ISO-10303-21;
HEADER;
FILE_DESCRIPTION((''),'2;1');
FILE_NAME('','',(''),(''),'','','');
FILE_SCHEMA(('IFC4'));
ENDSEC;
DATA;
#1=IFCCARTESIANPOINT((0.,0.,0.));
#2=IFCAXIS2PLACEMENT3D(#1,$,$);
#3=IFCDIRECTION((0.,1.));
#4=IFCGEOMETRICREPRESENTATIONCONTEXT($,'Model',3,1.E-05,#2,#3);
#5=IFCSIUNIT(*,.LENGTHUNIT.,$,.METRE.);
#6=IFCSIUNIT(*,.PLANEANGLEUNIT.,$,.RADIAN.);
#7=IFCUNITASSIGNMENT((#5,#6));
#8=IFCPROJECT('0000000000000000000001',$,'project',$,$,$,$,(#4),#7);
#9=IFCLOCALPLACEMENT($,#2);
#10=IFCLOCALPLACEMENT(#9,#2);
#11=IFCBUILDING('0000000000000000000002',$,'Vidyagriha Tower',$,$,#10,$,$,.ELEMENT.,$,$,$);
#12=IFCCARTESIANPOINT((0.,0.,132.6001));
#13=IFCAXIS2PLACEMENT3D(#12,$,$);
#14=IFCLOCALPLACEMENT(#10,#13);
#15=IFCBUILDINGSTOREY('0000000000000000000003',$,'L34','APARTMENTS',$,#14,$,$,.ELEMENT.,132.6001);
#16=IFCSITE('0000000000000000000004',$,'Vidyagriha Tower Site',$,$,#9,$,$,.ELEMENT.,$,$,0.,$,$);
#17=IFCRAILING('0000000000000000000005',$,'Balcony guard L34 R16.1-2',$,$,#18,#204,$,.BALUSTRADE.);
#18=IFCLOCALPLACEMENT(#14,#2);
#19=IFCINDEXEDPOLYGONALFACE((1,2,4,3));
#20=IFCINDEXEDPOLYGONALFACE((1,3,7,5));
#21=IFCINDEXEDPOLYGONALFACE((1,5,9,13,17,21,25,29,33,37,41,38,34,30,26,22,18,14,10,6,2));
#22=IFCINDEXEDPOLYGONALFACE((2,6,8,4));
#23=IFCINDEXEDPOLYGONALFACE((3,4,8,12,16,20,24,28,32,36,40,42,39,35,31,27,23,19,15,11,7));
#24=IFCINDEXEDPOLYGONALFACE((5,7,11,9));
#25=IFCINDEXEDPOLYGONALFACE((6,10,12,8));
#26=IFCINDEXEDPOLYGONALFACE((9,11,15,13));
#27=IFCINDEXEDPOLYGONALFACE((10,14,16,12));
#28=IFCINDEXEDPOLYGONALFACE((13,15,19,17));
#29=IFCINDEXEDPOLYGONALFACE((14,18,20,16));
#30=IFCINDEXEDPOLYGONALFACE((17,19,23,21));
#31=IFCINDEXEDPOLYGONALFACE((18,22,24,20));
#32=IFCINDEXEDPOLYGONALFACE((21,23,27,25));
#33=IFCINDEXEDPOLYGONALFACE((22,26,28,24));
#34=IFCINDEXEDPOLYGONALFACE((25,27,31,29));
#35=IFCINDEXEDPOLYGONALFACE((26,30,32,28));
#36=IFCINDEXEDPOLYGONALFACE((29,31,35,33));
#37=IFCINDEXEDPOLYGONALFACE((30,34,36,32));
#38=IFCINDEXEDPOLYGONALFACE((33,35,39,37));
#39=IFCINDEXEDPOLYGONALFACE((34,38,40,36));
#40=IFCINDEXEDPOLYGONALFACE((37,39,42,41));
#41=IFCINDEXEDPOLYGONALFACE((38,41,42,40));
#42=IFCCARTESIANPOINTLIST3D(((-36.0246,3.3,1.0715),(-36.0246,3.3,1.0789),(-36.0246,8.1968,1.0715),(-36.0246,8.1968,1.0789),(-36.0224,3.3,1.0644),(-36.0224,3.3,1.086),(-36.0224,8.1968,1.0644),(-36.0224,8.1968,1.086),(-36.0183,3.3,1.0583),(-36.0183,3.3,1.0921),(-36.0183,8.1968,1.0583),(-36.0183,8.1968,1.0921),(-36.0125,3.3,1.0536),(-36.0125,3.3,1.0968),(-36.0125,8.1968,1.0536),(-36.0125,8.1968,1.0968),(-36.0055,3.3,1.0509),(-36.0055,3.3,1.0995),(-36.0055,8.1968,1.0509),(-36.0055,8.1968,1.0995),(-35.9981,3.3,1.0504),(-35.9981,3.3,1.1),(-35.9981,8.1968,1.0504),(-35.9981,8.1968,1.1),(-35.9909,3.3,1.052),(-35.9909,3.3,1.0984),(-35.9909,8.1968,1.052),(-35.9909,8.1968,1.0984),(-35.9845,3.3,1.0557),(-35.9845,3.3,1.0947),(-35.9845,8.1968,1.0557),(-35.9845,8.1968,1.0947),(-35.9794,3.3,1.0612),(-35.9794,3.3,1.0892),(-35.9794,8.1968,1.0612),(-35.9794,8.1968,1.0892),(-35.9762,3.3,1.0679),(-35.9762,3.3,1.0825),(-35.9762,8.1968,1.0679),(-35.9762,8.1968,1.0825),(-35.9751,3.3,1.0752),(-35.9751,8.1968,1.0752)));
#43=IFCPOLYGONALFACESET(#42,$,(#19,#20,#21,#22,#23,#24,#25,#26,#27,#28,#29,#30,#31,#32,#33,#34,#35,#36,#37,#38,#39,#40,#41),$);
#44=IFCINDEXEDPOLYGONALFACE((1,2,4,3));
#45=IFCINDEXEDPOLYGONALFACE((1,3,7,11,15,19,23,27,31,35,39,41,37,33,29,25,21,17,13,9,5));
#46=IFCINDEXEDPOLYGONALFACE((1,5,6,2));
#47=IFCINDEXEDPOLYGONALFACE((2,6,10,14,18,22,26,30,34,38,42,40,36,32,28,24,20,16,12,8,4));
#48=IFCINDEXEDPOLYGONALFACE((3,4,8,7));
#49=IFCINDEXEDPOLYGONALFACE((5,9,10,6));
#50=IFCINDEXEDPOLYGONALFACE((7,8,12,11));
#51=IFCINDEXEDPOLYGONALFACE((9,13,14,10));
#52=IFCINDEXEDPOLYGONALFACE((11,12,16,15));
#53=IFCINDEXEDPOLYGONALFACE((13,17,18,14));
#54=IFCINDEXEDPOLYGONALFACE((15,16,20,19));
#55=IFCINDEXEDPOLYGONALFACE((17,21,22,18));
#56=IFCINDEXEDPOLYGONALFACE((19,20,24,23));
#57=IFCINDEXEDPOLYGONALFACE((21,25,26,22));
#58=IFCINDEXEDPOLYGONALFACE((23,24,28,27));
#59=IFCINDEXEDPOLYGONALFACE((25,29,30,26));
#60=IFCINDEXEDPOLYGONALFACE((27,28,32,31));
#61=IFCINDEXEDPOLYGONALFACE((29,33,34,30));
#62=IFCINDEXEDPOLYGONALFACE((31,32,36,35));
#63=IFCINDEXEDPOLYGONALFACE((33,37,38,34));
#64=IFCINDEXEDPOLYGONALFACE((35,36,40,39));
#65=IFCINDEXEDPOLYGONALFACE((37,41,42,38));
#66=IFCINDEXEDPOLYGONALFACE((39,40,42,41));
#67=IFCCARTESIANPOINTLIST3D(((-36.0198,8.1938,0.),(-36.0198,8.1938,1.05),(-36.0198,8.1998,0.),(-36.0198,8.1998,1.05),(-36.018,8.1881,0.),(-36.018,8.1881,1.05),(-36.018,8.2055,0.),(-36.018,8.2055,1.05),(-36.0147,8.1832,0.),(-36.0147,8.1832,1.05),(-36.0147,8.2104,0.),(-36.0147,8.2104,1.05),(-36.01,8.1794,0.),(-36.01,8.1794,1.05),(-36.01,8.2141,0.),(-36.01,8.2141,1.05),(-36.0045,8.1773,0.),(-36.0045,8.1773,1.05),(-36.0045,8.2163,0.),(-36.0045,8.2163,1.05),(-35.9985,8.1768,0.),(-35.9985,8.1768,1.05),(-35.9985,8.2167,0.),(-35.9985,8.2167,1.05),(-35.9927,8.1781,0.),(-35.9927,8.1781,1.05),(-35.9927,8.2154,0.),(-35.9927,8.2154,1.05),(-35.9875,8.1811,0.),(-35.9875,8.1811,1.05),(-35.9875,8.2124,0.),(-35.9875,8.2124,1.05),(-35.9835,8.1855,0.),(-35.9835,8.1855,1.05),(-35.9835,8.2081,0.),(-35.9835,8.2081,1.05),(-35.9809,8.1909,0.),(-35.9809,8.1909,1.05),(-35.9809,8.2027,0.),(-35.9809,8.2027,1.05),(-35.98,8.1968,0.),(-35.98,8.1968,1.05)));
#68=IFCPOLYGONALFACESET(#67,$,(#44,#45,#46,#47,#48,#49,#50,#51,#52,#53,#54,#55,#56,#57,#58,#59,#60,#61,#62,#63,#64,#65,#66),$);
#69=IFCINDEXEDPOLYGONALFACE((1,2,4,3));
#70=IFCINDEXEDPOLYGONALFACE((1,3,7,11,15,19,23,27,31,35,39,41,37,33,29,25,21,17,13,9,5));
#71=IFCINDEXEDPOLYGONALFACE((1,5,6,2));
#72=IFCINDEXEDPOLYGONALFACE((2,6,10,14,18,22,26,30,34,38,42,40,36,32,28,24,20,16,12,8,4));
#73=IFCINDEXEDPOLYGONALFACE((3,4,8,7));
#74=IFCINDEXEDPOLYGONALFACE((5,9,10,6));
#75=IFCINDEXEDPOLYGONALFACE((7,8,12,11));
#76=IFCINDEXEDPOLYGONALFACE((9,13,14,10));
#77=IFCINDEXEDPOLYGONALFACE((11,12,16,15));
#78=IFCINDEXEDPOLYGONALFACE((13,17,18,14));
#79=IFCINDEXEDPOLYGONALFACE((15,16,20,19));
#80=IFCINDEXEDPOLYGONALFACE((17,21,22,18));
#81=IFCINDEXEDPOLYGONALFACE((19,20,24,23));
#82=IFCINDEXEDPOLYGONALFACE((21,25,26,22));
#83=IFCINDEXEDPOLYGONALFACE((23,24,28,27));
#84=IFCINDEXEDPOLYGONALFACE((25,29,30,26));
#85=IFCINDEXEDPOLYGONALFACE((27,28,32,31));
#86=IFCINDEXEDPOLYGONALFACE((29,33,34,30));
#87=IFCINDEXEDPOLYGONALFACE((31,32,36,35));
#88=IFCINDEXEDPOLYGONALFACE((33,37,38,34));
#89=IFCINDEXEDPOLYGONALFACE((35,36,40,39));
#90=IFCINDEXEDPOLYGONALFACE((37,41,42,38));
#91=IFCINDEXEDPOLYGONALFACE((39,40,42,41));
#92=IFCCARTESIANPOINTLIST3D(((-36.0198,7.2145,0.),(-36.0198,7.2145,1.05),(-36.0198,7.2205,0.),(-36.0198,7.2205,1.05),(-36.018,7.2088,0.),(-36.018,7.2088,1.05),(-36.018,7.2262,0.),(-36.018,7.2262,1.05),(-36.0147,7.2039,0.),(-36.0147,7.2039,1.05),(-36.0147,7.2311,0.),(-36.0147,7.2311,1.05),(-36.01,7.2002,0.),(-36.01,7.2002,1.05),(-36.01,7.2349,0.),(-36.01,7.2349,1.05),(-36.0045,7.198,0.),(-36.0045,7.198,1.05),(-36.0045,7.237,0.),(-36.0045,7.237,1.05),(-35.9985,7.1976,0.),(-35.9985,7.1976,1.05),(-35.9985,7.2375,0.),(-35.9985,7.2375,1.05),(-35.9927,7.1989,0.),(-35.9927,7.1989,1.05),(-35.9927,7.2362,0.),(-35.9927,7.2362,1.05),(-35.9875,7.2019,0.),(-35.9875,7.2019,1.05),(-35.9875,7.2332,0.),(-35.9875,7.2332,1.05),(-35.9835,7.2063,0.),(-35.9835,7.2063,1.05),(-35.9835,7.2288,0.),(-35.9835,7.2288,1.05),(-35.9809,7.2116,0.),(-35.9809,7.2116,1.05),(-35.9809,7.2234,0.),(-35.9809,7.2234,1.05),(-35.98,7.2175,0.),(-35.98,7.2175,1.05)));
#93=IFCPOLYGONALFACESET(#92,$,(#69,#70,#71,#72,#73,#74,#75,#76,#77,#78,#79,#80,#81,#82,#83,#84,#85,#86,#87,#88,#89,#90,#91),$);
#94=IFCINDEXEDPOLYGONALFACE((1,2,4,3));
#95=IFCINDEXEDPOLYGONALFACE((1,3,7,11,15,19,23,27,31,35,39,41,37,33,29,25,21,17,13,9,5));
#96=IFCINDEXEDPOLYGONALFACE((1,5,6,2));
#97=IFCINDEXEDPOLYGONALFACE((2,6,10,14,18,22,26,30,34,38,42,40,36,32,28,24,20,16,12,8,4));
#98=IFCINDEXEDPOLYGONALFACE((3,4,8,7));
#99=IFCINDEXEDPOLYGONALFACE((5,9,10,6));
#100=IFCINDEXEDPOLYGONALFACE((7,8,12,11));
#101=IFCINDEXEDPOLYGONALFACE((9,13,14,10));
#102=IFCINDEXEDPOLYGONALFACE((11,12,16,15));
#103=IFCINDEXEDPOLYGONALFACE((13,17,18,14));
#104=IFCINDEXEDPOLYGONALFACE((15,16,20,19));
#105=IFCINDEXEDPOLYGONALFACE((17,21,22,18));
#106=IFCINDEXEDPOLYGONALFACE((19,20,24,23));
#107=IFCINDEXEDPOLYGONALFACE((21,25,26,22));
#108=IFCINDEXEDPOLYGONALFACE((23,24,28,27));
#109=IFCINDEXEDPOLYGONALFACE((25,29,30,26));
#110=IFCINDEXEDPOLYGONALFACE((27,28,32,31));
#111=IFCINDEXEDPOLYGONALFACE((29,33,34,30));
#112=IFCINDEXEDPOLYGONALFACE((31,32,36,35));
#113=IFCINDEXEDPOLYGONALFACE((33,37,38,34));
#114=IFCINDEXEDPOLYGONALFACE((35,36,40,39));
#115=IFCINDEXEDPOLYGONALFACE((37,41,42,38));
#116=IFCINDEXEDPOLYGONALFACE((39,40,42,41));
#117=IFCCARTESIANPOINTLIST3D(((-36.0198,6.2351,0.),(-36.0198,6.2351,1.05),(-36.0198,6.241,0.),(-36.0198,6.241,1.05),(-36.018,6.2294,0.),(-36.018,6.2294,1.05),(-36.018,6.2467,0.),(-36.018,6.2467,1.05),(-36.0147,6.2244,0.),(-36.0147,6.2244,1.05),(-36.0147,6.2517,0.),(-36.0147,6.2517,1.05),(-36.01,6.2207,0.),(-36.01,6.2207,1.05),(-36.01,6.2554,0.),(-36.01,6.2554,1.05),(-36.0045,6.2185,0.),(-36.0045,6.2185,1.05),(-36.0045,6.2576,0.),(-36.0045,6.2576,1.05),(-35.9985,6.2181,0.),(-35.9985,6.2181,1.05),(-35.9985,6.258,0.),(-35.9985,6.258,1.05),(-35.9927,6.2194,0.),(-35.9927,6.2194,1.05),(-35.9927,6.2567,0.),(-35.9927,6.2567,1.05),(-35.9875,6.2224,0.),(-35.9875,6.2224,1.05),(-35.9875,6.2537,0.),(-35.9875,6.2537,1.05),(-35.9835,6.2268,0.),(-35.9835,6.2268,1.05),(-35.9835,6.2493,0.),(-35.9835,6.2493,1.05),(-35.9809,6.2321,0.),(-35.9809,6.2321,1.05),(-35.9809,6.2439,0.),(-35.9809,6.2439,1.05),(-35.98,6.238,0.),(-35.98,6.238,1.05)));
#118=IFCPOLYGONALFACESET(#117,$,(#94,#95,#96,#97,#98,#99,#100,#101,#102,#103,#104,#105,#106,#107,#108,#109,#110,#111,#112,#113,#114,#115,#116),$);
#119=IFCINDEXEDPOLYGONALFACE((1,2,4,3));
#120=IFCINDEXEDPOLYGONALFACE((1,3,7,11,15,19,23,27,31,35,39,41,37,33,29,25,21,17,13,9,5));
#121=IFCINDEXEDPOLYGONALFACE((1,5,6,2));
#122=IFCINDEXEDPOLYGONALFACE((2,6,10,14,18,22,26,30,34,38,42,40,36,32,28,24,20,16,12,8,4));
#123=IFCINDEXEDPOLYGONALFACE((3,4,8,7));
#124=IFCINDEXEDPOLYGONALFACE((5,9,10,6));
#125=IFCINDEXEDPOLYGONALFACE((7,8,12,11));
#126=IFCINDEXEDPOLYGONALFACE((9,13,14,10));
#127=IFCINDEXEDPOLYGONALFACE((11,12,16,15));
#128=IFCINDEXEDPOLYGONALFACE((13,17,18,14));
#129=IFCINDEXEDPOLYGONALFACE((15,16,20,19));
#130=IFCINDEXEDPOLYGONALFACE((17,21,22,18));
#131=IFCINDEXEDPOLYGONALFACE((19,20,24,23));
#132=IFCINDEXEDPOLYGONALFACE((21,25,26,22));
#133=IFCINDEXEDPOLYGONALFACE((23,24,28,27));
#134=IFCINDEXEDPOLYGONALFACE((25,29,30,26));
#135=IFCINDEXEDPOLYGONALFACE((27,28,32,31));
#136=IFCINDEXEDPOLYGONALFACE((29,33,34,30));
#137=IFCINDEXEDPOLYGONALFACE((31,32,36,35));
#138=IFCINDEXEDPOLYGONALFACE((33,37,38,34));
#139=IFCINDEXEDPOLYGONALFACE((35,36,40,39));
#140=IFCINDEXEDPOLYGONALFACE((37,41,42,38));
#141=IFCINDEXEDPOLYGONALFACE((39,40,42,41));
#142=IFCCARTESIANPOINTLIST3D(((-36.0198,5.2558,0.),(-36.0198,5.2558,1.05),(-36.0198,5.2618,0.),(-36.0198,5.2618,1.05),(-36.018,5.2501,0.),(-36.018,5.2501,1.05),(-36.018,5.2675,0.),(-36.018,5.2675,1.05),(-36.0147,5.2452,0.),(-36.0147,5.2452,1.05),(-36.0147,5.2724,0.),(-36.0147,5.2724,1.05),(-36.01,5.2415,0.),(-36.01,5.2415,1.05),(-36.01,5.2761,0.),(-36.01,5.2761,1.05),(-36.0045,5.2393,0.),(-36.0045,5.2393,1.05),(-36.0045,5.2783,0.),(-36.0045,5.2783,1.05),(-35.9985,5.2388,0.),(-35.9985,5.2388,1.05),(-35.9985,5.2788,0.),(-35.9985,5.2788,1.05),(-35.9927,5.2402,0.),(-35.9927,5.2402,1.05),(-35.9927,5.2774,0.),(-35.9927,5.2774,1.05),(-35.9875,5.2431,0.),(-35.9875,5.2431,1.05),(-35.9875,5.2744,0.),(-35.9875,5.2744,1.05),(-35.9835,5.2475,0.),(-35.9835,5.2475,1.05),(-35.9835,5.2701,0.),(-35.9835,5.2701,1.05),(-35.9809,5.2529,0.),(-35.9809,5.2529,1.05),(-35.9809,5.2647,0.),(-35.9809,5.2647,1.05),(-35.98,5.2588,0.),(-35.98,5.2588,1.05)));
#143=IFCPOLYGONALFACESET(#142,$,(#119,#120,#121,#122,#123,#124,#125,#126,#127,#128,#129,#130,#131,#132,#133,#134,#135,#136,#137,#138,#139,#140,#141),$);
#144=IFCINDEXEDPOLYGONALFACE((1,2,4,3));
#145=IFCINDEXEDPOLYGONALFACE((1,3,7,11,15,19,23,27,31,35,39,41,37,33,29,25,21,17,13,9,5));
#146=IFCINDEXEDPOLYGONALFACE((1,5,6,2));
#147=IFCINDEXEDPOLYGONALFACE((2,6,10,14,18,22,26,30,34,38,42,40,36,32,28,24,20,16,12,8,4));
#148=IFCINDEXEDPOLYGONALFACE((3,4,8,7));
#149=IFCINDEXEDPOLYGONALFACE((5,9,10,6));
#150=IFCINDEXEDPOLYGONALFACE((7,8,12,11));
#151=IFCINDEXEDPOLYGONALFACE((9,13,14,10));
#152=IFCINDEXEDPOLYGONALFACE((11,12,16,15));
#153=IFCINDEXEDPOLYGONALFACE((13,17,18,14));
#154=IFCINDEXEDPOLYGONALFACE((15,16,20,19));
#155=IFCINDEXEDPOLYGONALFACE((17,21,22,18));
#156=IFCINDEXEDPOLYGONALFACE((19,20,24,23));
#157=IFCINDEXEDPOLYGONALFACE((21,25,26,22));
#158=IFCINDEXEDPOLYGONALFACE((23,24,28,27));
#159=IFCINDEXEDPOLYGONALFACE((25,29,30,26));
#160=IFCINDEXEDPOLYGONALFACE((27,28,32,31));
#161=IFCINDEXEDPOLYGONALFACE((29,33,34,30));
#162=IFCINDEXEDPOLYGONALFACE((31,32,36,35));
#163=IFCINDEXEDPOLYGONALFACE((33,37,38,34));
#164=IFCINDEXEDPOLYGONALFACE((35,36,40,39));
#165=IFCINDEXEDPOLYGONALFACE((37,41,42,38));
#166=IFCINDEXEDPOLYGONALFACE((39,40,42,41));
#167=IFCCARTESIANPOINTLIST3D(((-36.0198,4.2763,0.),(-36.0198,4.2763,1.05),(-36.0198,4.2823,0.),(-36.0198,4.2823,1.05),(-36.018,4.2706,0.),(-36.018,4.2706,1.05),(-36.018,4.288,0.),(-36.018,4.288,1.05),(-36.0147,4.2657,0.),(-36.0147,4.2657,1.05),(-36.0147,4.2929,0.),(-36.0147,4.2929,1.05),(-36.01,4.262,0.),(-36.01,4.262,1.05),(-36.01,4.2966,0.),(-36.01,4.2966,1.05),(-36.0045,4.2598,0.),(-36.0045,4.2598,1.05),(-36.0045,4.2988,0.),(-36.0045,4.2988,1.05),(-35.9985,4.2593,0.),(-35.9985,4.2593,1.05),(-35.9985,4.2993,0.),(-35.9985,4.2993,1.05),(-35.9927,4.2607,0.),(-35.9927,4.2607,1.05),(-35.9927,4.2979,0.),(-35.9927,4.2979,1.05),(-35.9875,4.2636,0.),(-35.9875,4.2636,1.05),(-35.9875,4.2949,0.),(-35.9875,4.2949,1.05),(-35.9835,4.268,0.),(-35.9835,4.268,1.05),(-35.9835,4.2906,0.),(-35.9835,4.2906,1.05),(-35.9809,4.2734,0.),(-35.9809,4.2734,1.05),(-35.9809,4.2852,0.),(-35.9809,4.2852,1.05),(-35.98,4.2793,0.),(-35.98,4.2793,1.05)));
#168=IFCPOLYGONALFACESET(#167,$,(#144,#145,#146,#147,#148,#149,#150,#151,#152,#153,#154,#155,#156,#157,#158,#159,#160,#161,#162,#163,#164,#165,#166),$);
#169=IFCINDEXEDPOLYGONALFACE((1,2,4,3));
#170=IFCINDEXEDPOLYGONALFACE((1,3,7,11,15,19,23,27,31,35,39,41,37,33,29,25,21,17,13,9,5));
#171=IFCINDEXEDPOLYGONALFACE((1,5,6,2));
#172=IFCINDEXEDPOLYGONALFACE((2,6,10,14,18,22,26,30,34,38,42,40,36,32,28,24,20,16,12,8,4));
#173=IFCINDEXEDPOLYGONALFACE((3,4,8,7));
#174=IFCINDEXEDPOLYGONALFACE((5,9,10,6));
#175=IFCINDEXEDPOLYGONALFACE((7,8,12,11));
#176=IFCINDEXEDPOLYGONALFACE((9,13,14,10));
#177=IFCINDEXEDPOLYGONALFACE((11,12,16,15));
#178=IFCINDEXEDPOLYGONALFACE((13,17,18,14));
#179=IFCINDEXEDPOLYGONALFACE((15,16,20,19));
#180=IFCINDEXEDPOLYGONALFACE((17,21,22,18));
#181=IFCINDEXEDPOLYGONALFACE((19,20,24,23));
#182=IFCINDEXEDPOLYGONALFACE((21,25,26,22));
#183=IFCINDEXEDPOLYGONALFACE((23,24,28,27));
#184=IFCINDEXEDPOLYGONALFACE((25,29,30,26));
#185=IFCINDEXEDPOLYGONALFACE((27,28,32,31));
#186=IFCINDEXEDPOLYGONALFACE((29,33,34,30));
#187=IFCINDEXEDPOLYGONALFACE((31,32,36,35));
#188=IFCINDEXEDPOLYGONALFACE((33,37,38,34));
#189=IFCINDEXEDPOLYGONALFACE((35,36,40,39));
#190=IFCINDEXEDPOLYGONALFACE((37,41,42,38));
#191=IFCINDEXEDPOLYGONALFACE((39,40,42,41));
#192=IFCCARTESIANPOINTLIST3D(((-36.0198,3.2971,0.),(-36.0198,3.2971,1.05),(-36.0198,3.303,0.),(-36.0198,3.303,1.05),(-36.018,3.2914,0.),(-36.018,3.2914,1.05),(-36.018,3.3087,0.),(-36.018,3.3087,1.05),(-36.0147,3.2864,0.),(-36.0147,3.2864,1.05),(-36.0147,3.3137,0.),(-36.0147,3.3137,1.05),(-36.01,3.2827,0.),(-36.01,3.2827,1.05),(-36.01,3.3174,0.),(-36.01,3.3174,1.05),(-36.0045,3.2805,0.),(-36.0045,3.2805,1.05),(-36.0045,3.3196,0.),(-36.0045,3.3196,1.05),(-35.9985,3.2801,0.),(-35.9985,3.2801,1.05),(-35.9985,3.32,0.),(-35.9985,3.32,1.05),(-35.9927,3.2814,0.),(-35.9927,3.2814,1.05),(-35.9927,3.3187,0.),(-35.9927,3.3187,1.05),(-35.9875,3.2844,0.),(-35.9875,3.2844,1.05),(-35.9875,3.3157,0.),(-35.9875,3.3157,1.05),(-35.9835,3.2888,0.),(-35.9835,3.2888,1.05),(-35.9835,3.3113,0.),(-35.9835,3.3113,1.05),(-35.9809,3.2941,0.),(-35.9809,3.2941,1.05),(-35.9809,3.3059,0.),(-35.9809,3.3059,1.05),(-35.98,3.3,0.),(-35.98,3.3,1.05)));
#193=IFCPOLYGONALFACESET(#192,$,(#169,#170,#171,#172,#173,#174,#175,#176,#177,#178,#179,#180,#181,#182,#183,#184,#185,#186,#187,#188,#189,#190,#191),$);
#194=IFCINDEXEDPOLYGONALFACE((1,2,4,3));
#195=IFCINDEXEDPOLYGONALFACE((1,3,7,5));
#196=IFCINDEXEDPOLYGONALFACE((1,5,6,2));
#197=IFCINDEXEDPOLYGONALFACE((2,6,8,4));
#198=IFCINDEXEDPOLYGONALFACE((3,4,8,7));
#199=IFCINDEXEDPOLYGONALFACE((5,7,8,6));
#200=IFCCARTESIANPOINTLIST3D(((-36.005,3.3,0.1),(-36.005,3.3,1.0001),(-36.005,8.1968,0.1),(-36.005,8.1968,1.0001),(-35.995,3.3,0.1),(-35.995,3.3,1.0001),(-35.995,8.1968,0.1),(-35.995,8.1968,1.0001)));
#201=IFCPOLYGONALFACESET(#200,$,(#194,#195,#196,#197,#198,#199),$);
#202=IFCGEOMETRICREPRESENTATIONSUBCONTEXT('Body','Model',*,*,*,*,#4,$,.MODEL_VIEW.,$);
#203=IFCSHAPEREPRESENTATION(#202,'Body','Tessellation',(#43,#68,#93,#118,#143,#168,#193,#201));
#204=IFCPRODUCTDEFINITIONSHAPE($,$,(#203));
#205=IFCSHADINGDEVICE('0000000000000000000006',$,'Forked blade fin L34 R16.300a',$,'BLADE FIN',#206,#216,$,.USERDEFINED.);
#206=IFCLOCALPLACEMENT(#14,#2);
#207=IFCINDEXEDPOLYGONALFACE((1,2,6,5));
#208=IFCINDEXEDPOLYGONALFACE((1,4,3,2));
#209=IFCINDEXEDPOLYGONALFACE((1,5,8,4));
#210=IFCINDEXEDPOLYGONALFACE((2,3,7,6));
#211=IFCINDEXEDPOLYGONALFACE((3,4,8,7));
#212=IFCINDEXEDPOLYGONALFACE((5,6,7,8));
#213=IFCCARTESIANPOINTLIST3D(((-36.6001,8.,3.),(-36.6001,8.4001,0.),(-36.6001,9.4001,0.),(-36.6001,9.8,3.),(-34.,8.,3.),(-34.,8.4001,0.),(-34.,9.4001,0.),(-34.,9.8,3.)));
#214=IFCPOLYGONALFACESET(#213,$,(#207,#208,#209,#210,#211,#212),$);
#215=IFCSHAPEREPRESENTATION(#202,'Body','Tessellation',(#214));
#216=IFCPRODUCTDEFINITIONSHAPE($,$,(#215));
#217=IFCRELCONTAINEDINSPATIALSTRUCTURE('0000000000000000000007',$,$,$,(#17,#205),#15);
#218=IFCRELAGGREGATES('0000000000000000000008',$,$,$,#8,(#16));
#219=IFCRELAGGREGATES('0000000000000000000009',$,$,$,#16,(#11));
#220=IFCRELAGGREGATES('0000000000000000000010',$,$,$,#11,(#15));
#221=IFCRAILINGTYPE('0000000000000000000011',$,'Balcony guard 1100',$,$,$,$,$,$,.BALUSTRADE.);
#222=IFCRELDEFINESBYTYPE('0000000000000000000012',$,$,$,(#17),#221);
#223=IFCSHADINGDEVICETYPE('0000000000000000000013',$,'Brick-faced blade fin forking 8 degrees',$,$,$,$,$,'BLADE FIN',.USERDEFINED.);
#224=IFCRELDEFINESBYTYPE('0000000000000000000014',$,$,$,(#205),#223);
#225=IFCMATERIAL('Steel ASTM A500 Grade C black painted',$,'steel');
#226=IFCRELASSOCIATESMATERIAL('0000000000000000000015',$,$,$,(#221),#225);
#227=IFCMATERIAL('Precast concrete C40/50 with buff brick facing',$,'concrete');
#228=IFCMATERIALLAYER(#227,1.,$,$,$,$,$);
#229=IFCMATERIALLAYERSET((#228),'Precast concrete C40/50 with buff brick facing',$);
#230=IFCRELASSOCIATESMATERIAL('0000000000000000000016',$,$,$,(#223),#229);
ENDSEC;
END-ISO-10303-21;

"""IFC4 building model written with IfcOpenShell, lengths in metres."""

from ifc_helpers import new_model, si_unit, direction, frame, origin, origin_2d, place, context, subcontext, project, spatial, polyline, rectangle, circle, outline, extrude, material, layer, layer_set, type_object, element, save


model = new_model("IFC4")

# Units and contexts
model_context = context("Model", 3, precision=1e-05, world=origin(), true_north=direction((0.0, 1.0)))
body_context = subcontext(model_context, "Body", "Model", "MODEL_VIEW")
ifc_project = project(units=[si_unit("LENGTHUNIT", "METRE"), si_unit("PLANEANGLEUNIT", "RADIAN")], contexts=[model_context])

# Site, building, storey
site_placement = place(None, origin())
site = spatial("IfcSite", under=ifc_project, at=site_placement, Name="Vidyagriha Tower Site", CompositionType="ELEMENT", RefElevation=0.0)
building_placement = place(site_placement, origin())
building = spatial("IfcBuilding", under=site, at=building_placement, Name="Vidyagriha Tower", CompositionType="ELEMENT")
storey_placement = place(building_placement, frame((0.0, 0.0, 132.6001)))
storey = spatial("IfcBuildingStorey", under=building, at=storey_placement, Name="L34", Description="APARTMENTS", CompositionType="ELEMENT", Elevation=132.6001)

# Railing
ifc_material_1 = material(Name="Steel ASTM A500 Grade C black painted", Category="steel")
railing_type = type_object("IfcRailingType", Name="Balcony guard 1100", PredefinedType="BALUSTRADE", material=ifc_material_1)
railing_1_placement = place(storey_placement, frame((-36.0, 8.1968, 0.0)))
element("IfcRailing", 1, at=railing_1_placement, inside=storey, type_object=railing_type, Name="Balcony guard L34 R16.1-2", PredefinedType="BALUSTRADE", context=body_context, shape_type="SweptSolid", body=[
    extrude(circle(Radius=0.0249, at=origin_2d()), frame((0.0, 0.0, 1.0752), z_axis=(0.0, -1.0, 0.0), x_axis=(1.0, 0.0, 0.0)), (0.0, 0.0, 1.0), 4.8967),
    extrude(circle(Radius=0.02, at=origin_2d()), origin(), (0.0, 0.0, 1.0), 1.05),
    extrude(circle(Radius=0.02, at=origin_2d()), frame((0.0, -0.9792, 0.0)), (0.0, 0.0, 1.0), 1.05),
    extrude(circle(Radius=0.02, at=origin_2d()), frame((0.0, -1.9587, 0.0)), (0.0, 0.0, 1.0), 1.05),
    extrude(circle(Radius=0.02, at=origin_2d()), frame((0.0, -2.938, 0.0)), (0.0, 0.0, 1.0), 1.05),
    extrude(circle(Radius=0.02, at=origin_2d()), frame((0.0, -3.9175, 0.0)), (0.0, 0.0, 1.0), 1.05),
    extrude(circle(Radius=0.02, at=origin_2d()), frame((0.0, -4.8967, 0.0)), (0.0, 0.0, 1.0), 1.05),
    extrude(rectangle(XDim=0.01, YDim=0.9001, at=origin_2d()), frame((0.0, 0.0, 0.55), z_axis=(0.0, -1.0, 0.0), x_axis=(1.0, 0.0, 0.0)), (0.0, 0.0, 1.0), 4.8967),
])

# Shading device
ifc_material_2 = material(Name="Precast concrete C40/50 with buff brick facing", Category="concrete")
ifc_layer_1 = layer(ifc_material_2, 1.0)
ifc_layer_set_1 = layer_set([ifc_layer_1], Name="Precast concrete C40/50 with buff brick facing")
shading_device_type_1 = type_object("IfcShadingDeviceType", Name="Brick-faced blade fin forking 8 degrees", ElementType="BLADE FIN", PredefinedType="USERDEFINED", material=ifc_layer_set_1)
shading_device_1_placement = place(storey_placement, frame((-35.3, 9.8, 0.0), z_axis=(0.0, 0.0, 1.0), x_axis=(0.0, -1.0, 0.0)))
element("IfcShadingDevice", 2, at=shading_device_1_placement, inside=storey, type_object=shading_device_type_1, Name="Forked blade fin L34 R16.300a", ObjectType="BLADE FIN", PredefinedType="USERDEFINED", context=body_context, shape_type="SweptSolid", body=[
    extrude(outline(polyline([(0.3999, 0.0), (1.3999, 0.0), (1.8, 3.0), (0.0, 3.0), (0.3999, 0.0)])), frame((0.0, 1.3, 0.0), z_axis=(0.0, -1.0, 0.0), x_axis=(1.0, 0.0, 0.0)), (0.0, 0.0, 1.0), 2.6001),
])

save(model, "model.ifc")
